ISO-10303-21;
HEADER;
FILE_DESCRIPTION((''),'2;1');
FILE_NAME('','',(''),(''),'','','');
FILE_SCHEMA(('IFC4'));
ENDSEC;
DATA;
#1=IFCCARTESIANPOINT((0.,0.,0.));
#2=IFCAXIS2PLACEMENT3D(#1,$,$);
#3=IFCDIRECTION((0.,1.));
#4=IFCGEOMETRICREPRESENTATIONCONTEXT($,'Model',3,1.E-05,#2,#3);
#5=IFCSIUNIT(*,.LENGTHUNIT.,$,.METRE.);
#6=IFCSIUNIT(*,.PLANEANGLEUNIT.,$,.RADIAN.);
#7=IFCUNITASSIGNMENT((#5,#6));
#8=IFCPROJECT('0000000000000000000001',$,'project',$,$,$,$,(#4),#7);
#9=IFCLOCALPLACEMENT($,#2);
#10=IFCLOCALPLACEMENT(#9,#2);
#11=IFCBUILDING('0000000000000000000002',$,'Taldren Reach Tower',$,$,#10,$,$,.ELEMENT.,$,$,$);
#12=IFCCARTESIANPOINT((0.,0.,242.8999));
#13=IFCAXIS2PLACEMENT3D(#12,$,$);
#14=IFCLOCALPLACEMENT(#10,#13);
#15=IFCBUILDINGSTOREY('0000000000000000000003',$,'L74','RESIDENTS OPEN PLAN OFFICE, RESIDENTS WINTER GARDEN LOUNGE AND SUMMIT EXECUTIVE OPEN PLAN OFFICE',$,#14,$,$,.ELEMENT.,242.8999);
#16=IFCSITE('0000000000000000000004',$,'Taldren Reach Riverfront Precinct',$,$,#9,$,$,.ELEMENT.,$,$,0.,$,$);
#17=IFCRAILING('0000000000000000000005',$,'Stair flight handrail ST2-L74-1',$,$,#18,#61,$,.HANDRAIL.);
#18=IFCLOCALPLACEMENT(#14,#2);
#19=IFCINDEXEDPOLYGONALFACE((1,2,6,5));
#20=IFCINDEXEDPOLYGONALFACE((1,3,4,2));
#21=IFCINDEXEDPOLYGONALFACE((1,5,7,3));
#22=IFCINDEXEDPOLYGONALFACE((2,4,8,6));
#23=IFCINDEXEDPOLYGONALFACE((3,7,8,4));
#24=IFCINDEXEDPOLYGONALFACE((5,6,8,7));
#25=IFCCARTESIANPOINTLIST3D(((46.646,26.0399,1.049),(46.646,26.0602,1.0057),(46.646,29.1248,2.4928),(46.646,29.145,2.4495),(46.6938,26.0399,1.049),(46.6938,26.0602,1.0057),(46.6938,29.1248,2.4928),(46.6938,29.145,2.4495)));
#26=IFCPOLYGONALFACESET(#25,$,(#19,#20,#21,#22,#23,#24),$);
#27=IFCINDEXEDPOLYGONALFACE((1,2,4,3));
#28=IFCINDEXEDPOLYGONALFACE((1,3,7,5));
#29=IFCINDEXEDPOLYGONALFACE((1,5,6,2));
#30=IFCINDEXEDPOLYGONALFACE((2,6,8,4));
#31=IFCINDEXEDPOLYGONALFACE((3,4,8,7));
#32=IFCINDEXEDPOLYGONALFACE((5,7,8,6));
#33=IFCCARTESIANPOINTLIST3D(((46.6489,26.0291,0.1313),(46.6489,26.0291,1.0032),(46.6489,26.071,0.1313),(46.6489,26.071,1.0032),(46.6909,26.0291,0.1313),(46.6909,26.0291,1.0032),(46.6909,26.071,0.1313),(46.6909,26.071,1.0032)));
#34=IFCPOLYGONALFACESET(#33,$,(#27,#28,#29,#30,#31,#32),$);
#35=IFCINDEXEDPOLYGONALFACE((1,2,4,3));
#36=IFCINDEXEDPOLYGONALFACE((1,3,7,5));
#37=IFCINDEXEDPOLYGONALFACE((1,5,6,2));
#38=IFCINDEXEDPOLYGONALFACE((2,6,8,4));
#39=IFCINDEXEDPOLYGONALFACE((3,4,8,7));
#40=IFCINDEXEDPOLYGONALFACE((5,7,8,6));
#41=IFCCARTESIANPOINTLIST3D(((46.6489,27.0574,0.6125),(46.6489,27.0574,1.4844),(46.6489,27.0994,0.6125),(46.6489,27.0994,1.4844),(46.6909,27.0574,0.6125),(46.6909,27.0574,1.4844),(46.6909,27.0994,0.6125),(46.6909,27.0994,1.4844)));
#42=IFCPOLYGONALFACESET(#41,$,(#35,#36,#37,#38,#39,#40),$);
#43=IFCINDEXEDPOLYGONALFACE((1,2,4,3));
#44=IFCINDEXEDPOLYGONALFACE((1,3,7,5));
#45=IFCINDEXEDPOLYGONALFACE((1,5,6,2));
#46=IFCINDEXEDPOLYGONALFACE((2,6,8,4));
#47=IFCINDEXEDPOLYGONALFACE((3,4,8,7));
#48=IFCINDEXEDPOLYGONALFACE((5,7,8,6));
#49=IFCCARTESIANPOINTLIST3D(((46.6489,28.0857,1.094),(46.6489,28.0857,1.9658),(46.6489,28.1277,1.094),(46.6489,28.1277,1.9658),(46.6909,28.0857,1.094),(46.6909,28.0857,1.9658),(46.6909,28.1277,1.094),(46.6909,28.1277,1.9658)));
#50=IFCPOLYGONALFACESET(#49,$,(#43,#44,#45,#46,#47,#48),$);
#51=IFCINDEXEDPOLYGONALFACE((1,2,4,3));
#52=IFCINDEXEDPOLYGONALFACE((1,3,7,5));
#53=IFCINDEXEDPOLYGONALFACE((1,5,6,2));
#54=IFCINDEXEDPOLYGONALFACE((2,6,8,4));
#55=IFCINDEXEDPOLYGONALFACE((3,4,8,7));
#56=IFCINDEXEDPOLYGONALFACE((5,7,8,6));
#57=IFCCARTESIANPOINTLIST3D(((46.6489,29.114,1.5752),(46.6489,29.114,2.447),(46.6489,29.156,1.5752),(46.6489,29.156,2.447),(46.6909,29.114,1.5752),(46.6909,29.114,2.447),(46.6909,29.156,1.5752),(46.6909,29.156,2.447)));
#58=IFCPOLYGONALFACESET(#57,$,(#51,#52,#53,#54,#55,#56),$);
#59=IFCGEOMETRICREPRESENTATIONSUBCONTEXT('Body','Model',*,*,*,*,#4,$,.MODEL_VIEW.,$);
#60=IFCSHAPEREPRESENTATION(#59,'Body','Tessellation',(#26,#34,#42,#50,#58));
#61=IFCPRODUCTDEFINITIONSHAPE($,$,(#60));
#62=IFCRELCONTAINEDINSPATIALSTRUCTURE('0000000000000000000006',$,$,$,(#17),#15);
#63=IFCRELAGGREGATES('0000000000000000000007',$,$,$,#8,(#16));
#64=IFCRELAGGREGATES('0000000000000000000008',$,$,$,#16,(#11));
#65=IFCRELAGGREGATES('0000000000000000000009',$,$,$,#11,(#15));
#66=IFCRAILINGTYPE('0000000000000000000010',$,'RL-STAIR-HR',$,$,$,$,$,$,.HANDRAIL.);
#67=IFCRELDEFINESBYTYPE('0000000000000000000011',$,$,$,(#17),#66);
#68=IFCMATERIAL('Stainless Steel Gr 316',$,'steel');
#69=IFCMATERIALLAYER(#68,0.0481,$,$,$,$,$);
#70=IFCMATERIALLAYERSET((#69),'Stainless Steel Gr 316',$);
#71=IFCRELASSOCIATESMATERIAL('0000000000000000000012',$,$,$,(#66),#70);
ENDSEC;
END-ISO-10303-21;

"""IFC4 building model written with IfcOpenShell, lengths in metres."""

from ifc_helpers import new_model, si_unit, direction, frame, origin, origin_2d, place, context, subcontext, project, spatial, rectangle, extrude, material, layer, layer_set, type_object, element, save


model = new_model("IFC4")

# Units and contexts
model_context = context("Model", 3, precision=1e-05, world=origin(), true_north=direction((0.0, 1.0)))
body_context = subcontext(model_context, "Body", "Model", "MODEL_VIEW")
ifc_project = project(units=[si_unit("LENGTHUNIT", "METRE"), si_unit("PLANEANGLEUNIT", "RADIAN")], contexts=[model_context])

# Site, building, storey
site_placement = place(None, origin())
site = spatial("IfcSite", under=ifc_project, at=site_placement, Name="Taldren Reach Riverfront Precinct", CompositionType="ELEMENT", RefElevation=0.0)
building_placement = place(site_placement, origin())
building = spatial("IfcBuilding", under=site, at=building_placement, Name="Taldren Reach Tower", CompositionType="ELEMENT")
storey_placement = place(building_placement, frame((0.0, 0.0, 242.8999)))
storey = spatial("IfcBuildingStorey", under=building, at=storey_placement, Name="L74", Description="RESIDENTS OPEN PLAN OFFICE, RESIDENTS WINTER GARDEN LOUNGE AND SUMMIT EXECUTIVE OPEN PLAN OFFICE", CompositionType="ELEMENT", Elevation=242.8999)

# Railing
ifc_material_1 = material(Name="Stainless Steel Gr 316", Category="steel")
ifc_layer_1 = layer(ifc_material_1, 0.0481)
ifc_layer_set_1 = layer_set([ifc_layer_1], Name="Stainless Steel Gr 316")
railing_type_1 = type_object("IfcRailingType", Name="RL-STAIR-HR", PredefinedType="HANDRAIL", material=ifc_layer_set_1)
railing_1_placement = place(storey_placement, frame((46.6699, 26.05, 0.1313)))
element("IfcRailing", 1, at=railing_1_placement, inside=storey, type_object=railing_type_1, Name="Stair flight handrail ST2-L74-1", PredefinedType="HANDRAIL", context=body_context, shape_type="SweptSolid", body=[
    extrude(rectangle(XDim=0.0479, YDim=0.0479, at=origin_2d()), frame((0.0, 0.0, 0.896), z_axis=(0.0, 0.90571, 0.423898), x_axis=(-1.0, 0.0, 0.0)), (0.0, 0.0, 1.0), 3.406),
    extrude(rectangle(XDim=0.042, YDim=0.042, at=origin_2d()), origin(), (0.0, 0.0, 1.0), 0.8718),
    extrude(rectangle(XDim=0.042, YDim=0.042, at=origin_2d()), frame((0.0, 1.0283, 0.4812)), (0.0, 0.0, 1.0), 0.8718),
    extrude(rectangle(XDim=0.042, YDim=0.042, at=origin_2d()), frame((0.0, 2.0566, 0.9626)), (0.0, 0.0, 1.0), 0.8718),
    extrude(rectangle(XDim=0.042, YDim=0.042, at=origin_2d()), frame((0.0, 3.085, 1.4438)), (0.0, 0.0, 1.0), 0.8718),
])

save(model, "model.ifc")
